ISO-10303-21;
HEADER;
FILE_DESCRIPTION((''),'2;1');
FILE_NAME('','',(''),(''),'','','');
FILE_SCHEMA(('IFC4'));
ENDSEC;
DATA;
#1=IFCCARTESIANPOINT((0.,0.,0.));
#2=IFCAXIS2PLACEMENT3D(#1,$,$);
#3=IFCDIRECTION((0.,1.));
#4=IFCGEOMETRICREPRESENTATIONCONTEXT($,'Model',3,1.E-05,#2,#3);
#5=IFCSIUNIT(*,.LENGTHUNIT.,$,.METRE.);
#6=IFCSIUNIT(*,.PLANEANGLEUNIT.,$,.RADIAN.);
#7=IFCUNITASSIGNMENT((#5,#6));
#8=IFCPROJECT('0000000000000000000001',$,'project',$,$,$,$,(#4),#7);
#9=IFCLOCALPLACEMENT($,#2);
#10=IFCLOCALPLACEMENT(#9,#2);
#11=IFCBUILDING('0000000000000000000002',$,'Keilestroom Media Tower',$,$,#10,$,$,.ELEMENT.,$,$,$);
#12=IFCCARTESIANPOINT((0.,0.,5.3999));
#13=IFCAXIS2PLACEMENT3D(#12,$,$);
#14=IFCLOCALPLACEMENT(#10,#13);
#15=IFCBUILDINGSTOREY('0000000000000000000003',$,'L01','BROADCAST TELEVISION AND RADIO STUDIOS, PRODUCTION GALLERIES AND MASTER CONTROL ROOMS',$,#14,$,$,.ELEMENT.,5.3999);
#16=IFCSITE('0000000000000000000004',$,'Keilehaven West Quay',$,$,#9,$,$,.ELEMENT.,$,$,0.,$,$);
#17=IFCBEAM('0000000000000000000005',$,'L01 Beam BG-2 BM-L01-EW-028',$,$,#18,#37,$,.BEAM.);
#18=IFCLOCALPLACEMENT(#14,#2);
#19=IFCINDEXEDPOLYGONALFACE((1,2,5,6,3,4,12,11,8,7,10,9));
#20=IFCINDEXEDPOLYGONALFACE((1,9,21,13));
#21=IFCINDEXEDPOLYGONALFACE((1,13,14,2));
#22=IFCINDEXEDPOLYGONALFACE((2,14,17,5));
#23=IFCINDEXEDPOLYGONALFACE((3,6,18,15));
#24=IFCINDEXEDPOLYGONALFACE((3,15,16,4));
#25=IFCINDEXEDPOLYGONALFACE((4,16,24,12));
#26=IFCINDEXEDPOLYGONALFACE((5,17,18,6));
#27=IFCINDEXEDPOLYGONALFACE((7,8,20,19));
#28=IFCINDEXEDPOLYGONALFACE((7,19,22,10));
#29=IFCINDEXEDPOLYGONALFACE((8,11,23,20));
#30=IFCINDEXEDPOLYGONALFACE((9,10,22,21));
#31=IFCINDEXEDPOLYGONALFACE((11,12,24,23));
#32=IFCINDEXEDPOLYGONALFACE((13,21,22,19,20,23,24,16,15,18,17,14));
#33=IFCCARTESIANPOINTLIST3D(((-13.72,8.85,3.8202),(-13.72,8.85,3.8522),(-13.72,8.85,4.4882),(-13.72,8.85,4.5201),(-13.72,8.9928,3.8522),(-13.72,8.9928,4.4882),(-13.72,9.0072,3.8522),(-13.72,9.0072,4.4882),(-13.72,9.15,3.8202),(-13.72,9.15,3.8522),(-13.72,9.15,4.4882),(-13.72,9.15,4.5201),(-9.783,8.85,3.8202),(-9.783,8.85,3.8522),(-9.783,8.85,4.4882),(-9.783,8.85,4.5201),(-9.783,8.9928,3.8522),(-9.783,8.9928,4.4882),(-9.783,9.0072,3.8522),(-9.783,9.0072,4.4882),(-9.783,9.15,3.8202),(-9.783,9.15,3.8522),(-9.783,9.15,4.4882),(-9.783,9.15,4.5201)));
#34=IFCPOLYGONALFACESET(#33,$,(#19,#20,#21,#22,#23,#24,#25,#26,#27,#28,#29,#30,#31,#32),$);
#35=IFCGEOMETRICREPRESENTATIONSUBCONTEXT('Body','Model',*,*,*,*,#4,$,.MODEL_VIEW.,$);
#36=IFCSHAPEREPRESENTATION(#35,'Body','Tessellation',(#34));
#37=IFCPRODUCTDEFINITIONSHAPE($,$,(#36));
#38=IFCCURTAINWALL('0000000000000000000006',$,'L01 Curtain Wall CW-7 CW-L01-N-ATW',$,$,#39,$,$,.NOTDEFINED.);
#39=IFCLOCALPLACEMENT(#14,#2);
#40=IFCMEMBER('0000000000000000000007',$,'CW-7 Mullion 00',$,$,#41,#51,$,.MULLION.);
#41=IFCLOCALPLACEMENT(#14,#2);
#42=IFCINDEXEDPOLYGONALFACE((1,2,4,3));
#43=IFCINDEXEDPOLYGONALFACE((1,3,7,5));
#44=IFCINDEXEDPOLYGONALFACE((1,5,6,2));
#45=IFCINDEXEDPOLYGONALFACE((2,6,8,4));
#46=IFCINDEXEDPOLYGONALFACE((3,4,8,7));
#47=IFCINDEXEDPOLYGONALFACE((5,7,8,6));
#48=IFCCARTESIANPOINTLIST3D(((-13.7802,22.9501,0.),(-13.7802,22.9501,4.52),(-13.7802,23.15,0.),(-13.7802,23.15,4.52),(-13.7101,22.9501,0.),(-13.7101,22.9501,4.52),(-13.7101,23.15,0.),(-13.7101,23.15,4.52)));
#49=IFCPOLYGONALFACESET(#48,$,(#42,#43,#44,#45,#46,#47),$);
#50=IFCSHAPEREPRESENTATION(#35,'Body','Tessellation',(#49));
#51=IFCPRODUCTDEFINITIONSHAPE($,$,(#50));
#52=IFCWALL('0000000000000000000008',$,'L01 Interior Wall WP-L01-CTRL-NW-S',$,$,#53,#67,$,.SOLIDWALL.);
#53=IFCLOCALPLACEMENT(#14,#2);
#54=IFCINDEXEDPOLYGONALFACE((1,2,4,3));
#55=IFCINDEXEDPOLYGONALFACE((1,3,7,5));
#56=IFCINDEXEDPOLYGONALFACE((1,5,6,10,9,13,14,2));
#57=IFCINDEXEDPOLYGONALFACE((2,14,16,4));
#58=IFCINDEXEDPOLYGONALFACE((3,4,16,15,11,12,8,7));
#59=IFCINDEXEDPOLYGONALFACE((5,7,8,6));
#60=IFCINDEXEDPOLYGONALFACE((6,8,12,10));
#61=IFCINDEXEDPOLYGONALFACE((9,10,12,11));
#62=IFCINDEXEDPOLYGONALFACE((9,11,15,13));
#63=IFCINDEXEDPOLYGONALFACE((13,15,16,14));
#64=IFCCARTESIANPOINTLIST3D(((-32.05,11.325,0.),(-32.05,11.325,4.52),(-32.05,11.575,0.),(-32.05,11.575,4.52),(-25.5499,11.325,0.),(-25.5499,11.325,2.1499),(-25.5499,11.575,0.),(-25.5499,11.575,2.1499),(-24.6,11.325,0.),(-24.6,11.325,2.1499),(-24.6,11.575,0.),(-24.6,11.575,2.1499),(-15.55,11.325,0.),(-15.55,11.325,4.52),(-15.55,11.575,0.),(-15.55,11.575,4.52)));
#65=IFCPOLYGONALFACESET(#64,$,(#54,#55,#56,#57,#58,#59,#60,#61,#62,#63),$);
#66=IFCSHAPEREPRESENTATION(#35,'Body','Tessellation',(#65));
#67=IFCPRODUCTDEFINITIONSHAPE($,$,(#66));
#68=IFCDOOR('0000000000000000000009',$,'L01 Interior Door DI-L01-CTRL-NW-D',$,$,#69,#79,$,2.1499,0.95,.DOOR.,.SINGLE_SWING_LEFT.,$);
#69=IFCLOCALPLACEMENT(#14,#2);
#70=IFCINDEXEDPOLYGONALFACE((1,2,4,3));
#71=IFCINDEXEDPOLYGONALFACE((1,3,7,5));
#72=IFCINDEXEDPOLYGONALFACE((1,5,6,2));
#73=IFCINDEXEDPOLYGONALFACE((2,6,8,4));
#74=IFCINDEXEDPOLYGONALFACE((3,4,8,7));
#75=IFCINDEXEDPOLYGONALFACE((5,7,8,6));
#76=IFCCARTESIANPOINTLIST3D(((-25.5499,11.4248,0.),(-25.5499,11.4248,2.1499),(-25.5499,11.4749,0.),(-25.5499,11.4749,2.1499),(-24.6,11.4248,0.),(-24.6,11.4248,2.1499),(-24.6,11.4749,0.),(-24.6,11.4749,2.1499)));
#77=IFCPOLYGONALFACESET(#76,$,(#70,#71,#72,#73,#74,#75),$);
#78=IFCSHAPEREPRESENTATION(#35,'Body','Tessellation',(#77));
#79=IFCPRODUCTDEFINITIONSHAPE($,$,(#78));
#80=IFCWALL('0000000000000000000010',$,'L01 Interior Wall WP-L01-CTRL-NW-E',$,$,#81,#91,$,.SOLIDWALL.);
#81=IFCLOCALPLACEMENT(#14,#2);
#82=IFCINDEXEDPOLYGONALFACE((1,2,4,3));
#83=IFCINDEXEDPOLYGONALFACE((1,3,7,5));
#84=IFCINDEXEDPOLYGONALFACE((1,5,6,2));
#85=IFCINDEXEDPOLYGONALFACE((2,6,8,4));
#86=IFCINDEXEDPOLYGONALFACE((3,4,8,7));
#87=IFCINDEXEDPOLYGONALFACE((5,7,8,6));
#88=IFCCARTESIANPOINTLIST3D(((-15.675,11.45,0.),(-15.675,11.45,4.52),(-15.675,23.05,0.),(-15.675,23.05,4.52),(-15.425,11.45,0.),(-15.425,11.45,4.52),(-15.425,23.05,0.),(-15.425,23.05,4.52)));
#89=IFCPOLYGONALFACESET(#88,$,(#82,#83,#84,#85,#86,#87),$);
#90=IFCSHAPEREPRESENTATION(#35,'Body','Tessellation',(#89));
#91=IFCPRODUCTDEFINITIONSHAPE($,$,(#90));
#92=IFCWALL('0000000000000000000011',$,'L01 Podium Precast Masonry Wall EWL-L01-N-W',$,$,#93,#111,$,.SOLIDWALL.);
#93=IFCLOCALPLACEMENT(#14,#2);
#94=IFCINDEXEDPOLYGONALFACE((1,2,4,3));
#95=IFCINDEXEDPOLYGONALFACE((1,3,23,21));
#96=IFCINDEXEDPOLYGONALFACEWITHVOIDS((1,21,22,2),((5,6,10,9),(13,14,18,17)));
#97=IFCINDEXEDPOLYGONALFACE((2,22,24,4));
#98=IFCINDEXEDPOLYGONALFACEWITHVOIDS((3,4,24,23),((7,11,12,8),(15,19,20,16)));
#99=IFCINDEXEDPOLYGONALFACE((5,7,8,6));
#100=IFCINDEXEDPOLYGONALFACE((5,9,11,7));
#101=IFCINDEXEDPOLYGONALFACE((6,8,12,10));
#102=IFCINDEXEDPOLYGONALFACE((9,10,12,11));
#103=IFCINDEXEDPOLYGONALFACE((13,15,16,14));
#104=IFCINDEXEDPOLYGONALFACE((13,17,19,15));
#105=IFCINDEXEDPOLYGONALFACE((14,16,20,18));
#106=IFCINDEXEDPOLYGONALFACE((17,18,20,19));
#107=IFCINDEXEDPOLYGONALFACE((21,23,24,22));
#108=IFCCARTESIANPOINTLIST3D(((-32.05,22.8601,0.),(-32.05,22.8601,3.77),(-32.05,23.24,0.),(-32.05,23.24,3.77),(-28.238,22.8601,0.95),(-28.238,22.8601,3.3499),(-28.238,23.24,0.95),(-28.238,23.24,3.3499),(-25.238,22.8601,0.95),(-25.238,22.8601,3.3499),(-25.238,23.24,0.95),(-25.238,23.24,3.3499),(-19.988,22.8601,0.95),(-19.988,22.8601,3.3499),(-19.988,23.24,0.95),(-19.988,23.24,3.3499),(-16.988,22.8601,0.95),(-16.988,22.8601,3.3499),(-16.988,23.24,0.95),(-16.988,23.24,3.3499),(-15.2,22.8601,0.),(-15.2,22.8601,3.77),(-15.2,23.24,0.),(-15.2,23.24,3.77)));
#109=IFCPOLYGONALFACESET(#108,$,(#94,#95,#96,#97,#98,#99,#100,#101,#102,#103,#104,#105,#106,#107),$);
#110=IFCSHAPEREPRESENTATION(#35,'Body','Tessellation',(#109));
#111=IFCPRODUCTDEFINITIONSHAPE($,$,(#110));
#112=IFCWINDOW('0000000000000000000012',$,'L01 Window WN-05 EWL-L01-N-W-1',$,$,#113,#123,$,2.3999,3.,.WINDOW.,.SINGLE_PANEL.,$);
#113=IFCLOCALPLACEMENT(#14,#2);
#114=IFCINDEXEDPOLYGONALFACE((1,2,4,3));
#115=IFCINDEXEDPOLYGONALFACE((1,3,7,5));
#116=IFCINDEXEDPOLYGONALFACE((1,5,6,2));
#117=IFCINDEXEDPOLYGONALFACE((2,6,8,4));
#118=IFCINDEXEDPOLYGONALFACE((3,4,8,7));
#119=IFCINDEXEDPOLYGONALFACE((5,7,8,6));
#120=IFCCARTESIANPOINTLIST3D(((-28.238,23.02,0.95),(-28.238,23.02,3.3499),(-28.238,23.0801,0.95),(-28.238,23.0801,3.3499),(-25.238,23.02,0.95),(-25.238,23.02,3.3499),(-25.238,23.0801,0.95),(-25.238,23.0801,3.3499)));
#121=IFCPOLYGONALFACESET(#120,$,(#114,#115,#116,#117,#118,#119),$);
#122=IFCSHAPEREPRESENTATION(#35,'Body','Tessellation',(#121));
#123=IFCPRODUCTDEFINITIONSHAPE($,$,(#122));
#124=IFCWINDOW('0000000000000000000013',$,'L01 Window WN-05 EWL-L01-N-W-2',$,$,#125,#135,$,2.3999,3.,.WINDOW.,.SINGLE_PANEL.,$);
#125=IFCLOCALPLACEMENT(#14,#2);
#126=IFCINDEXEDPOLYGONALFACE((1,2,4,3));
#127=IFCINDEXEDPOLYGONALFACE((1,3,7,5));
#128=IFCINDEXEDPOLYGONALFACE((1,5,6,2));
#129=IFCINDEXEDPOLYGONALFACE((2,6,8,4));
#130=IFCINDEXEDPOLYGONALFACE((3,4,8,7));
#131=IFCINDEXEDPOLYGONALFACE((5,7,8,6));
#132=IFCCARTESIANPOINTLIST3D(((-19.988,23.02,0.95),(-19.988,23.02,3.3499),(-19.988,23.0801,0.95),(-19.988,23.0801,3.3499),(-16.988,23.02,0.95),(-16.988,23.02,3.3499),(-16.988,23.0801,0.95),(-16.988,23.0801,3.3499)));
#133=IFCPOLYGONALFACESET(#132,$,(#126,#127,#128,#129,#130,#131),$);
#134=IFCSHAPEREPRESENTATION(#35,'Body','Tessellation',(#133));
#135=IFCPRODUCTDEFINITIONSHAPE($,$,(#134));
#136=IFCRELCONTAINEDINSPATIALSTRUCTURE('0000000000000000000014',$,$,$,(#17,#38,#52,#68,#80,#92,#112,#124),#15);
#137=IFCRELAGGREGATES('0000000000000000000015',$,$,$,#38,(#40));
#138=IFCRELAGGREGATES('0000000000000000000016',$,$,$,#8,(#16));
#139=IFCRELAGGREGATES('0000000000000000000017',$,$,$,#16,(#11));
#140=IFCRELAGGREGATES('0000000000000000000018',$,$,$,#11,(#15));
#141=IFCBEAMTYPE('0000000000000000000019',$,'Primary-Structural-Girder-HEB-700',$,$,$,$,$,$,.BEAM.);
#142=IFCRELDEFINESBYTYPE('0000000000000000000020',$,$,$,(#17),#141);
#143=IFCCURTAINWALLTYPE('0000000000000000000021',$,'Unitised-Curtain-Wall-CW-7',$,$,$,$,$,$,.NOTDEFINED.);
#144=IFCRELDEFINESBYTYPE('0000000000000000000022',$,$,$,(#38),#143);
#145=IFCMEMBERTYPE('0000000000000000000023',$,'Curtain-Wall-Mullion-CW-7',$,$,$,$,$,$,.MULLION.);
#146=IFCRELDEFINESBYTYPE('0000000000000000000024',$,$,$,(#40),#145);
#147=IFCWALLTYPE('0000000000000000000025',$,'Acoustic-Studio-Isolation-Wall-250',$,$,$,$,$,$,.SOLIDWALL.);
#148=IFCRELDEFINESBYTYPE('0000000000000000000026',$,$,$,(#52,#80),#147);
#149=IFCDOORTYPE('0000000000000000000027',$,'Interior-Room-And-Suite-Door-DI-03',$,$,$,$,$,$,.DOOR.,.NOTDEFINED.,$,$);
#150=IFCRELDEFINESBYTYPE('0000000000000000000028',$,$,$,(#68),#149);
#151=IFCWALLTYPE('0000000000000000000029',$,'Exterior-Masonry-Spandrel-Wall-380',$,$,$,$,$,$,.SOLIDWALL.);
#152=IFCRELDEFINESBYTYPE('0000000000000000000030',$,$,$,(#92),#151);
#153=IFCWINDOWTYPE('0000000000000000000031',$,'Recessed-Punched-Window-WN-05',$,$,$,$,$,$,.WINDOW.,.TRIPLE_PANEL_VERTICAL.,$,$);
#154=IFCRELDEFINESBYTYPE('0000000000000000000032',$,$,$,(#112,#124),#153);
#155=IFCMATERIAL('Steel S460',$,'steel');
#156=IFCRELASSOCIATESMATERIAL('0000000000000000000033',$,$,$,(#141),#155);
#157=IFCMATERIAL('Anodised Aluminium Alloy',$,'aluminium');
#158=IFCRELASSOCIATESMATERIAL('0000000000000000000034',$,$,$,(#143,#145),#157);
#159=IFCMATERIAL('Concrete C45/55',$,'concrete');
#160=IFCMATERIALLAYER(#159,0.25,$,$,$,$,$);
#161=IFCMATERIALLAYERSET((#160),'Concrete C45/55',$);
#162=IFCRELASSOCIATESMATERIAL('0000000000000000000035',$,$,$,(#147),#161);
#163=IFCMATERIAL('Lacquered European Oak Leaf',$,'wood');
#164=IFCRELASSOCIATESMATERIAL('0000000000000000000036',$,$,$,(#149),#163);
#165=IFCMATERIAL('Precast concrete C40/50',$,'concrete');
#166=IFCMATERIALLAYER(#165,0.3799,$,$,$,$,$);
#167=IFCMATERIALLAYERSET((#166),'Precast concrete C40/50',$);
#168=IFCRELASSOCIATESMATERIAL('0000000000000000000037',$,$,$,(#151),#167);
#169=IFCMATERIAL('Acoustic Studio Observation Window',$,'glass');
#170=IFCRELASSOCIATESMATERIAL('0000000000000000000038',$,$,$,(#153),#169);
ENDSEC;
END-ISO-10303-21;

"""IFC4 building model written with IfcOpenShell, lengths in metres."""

from ifc_helpers import new_model, si_unit, direction, frame, frame_2d, origin, origin_2d, place, context, subcontext, project, spatial, rectangle, i_section, extrude, source, transform, mapped, material, layer, layer_set, material_profile, profile_set, type_object, element, fill, aggregate, save


model = new_model("IFC4")

# Units and contexts
model_context = context("Model", 3, precision=1e-05, world=origin(), true_north=direction((0.0, 1.0)))
body_context = subcontext(model_context, "Body", "Model", "MODEL_VIEW")
ifc_project = project(units=[si_unit("LENGTHUNIT", "METRE"), si_unit("PLANEANGLEUNIT", "RADIAN")], contexts=[model_context])

# Site, building, storey
site_placement = place(None, origin())
site = spatial("IfcSite", under=ifc_project, at=site_placement, Name="Keilehaven West Quay", CompositionType="ELEMENT", RefElevation=0.0)
building_placement = place(site_placement, origin())
building = spatial("IfcBuilding", under=site, at=building_placement, Name="Keilestroom Media Tower", CompositionType="ELEMENT")
storey_placement = place(building_placement, frame((0.0, 0.0, 5.3999)))
storey = spatial("IfcBuildingStorey", under=building, at=storey_placement, Name="L01", Description="BROADCAST TELEVISION AND RADIO STUDIOS, PRODUCTION GALLERIES AND MASTER CONTROL ROOMS", CompositionType="ELEMENT", Elevation=5.3999)

# Shared definitions
ifc_material_1 = material(Name="Precast concrete C40/50", Category="concrete")

# Beam
ifc_material_2 = material(Name="Steel S460", Category="steel")
ifc_material_profile_1 = material_profile(ifc_material_2, i_section(OverallWidth=0.3, OverallDepth=0.7, WebThickness=0.0144, FlangeThickness=0.032, at=origin_2d()), Name="HEB 700")
ifc_profile_set_1 = profile_set([ifc_material_profile_1], Name="Steel S460")
beam_type_1 = type_object("IfcBeamType", Name="Primary-Structural-Girder-HEB-700", PredefinedType="BEAM", material=ifc_profile_set_1)
shared_shape_1 = source(origin(), body_context, "Body", "SweptSolid", [
    extrude(i_section(OverallWidth=0.3, OverallDepth=0.7, WebThickness=0.0144, FlangeThickness=0.032, at=origin_2d()), origin(), (0.0, 0.0, 1.0), 3.937),
])
beam_1_placement = place(storey_placement, frame((-13.72, 9.0, 4.1702), z_axis=(1.0, 0.0, 0.0), x_axis=(0.0, 1.0, 0.0)))
element("IfcBeam", 1, at=beam_1_placement, inside=storey, type_object=beam_type_1, Name="L01 Beam BG-2 BM-L01-EW-028", PredefinedType="BEAM", context=body_context, shape_type="MappedRepresentation", body=[
    mapped(shared_shape_1, transform((0.0, 0.0, 0.0), x_axis=(1.0, 0.0, 0.0), y_axis=(0.0, 1.0, 0.0), z_axis=(0.0, 0.0, 1.0), scale=1.0)),
])

# Curtain wall, member
ifc_material_3 = material(Name="Anodised Aluminium Alloy", Category="aluminium")
curtain_wall_type = type_object("IfcCurtainWallType", Name="Unitised-Curtain-Wall-CW-7", PredefinedType="NOTDEFINED", material=ifc_material_3)
curtain_wall_placement = place(storey_placement, origin())
curtain_wall = element("IfcCurtainWall", 2, at=curtain_wall_placement, inside=storey, type_object=curtain_wall_type, Name="L01 Curtain Wall CW-7 CW-L01-N-ATW", PredefinedType="NOTDEFINED")
ifc_material_profile_2 = material_profile(ifc_material_3, rectangle(XDim=0.0701, YDim=0.2, at=origin_2d()), Name="ALU MULLION 70x200")
ifc_profile_set_2 = profile_set([ifc_material_profile_2], Name="Anodised Aluminium Alloy")
member_type = type_object("IfcMemberType", Name="Curtain-Wall-Mullion-CW-7", PredefinedType="MULLION", material=ifc_profile_set_2)
shared_shape_2 = source(origin(), body_context, "Body", "SweptSolid", [
    extrude(rectangle(XDim=0.0701, YDim=0.2, at=origin_2d()), origin(), (0.0, 0.0, 1.0), 4.52),
])
member_placement = place(storey_placement, frame((-13.7451, 23.05, 0.0), z_axis=(0.0, 0.0, 1.0), x_axis=(1.0, 0.0, 0.0)))
member = element("IfcMember", 3, at=member_placement, type_object=member_type, Name="CW-7 Mullion 00", PredefinedType="MULLION", context=body_context, shape_type="MappedRepresentation", body=[
    mapped(shared_shape_2, transform((0.0, 0.0, 0.0), x_axis=(1.0, 0.0, 0.0), y_axis=(0.0, 1.0, 0.0), z_axis=(0.0, 0.0, 1.0), scale=1.0)),
])
aggregate(curtain_wall, [member])

# Wall, opening, door
ifc_material_4 = material(Name="Concrete C45/55", Category="concrete")
ifc_layer_1 = layer(ifc_material_4, 0.25)
ifc_layer_set_1 = layer_set([ifc_layer_1], Name="Concrete C45/55")
wall_type_1 = type_object("IfcWallType", Name="Acoustic-Studio-Isolation-Wall-250", PredefinedType="SOLIDWALL", material=ifc_layer_set_1)
wall_1_placement = place(storey_placement, frame((-32.05, 11.45, 0.0), z_axis=(0.0, 0.0, 1.0), x_axis=(1.0, 0.0, 0.0)))
wall_1 = element("IfcWall", 4, at=wall_1_placement, inside=storey, type_object=wall_type_1, Name="L01 Interior Wall WP-L01-CTRL-NW-S", PredefinedType="SOLIDWALL", context=body_context, shape_type="SweptSolid", body=[
    extrude(rectangle(XDim=16.5, YDim=0.25, at=frame_2d((8.25, 0.0))), origin(), (0.0, 0.0, 1.0), 4.52),
])
opening_1_placement = place(wall_1_placement, frame((6.5, 0.0, 0.0)))
opening_1 = element("IfcOpeningElement", 5, at=opening_1_placement, cuts=wall_1, PredefinedType="OPENING", context=body_context, shape_type="SweptSolid", body=[
    extrude(rectangle(XDim=0.95, YDim=2.1499, at=frame_2d((0.4751, 1.075))), frame((0.0, 0.135, 0.0), z_axis=(0.0, -1.0, 0.0), x_axis=(1.0, 0.0, 0.0)), (0.0, 0.0, 1.0), 0.27),
])
ifc_material_5 = material(Name="Lacquered European Oak Leaf", Category="wood")
door_type_1 = type_object("IfcDoorType", Name="Interior-Room-And-Suite-Door-DI-03", OperationType="NOTDEFINED", PredefinedType="DOOR", material=ifc_material_5)
shared_shape_3 = source(origin(), body_context, "Body", "SweptSolid", [
    extrude(rectangle(XDim=0.95, YDim=2.1499, at=frame_2d((0.4751, 1.075))), frame((0.0, 0.0249, 0.0), z_axis=(0.0, -1.0, 0.0), x_axis=(1.0, 0.0, 0.0)), (0.0, 0.0, 1.0), 0.05),
])
door_1_placement = place(opening_1_placement, origin())
door_1 = element("IfcDoor", 6, at=door_1_placement, inside=storey, type_object=door_type_1, Name="L01 Interior Door DI-L01-CTRL-NW-D", OperationType="SINGLE_SWING_LEFT", OverallHeight=2.1499, OverallWidth=0.95, PredefinedType="DOOR", context=body_context, shape_type="MappedRepresentation", body=[
    mapped(shared_shape_3, transform((0.0, 0.0, 0.0), x_axis=(1.0, 0.0, 0.0), y_axis=(0.0, 1.0, 0.0), z_axis=(0.0, 0.0, 1.0), scale=1.0)),
])
fill(opening_1, door_1)

# Wall
wall_2_placement = place(storey_placement, frame((-15.55, 11.45, 0.0), z_axis=(0.0, 0.0, 1.0), x_axis=(0.0, 1.0, 0.0)))
element("IfcWall", 7, at=wall_2_placement, inside=storey, type_object=wall_type_1, Name="L01 Interior Wall WP-L01-CTRL-NW-E", PredefinedType="SOLIDWALL", context=body_context, shape_type="SweptSolid", body=[
    extrude(rectangle(XDim=11.6001, YDim=0.25, at=frame_2d((5.8, 0.0))), origin(), (0.0, 0.0, 1.0), 4.52),
])

# Wall, openings, windows
ifc_layer_2 = layer(ifc_material_1, 0.3799)
ifc_layer_set_2 = layer_set([ifc_layer_2], Name="Precast concrete C40/50")
wall_type_2 = type_object("IfcWallType", Name="Exterior-Masonry-Spandrel-Wall-380", PredefinedType="SOLIDWALL", material=ifc_layer_set_2)
wall_3_placement = place(storey_placement, frame((-32.05, 23.05, 0.0), z_axis=(0.0, 0.0, 1.0), x_axis=(1.0, 0.0, 0.0)))
wall_3 = element("IfcWall", 8, at=wall_3_placement, inside=storey, type_object=wall_type_2, Name="L01 Podium Precast Masonry Wall EWL-L01-N-W", PredefinedType="SOLIDWALL", context=body_context, shape_type="SweptSolid", body=[
    extrude(rectangle(XDim=16.8501, YDim=0.3799, at=frame_2d((8.425, 0.0))), origin(), (0.0, 0.0, 1.0), 3.77),
])
opening_2_placement = place(wall_3_placement, frame((3.812, 0.0, 0.95)))
opening_2 = element("IfcOpeningElement", 9, at=opening_2_placement, cuts=wall_3, PredefinedType="OPENING", context=body_context, shape_type="SweptSolid", body=[
    extrude(rectangle(XDim=3.0, YDim=2.3999, at=frame_2d((1.5, 1.2))), frame((0.0, 0.2, 0.0), z_axis=(0.0, -1.0, 0.0), x_axis=(1.0, 0.0, 0.0)), (0.0, 0.0, 1.0), 0.3999),
])
opening_3_placement = place(wall_3_placement, frame((12.062, 0.0, 0.95)))
opening_3 = element("IfcOpeningElement", 10, at=opening_3_placement, cuts=wall_3, PredefinedType="OPENING", context=body_context, shape_type="SweptSolid", body=[
    extrude(rectangle(XDim=3.0, YDim=2.3999, at=frame_2d((1.5, 1.2))), frame((0.0, 0.2, 0.0), z_axis=(0.0, -1.0, 0.0), x_axis=(1.0, 0.0, 0.0)), (0.0, 0.0, 1.0), 0.3999),
])
ifc_material_6 = material(Name="Acoustic Studio Observation Window", Category="glass")
window_type = type_object("IfcWindowType", Name="Recessed-Punched-Window-WN-05", PartitioningType="TRIPLE_PANEL_VERTICAL", PredefinedType="WINDOW", material=ifc_material_6)
shared_shape_4 = source(origin(), body_context, "Body", "SweptSolid", [
    extrude(rectangle(XDim=3.0, YDim=2.3999, at=frame_2d((1.5, 1.2))), frame((0.0, 0.03, 0.0), z_axis=(0.0, -1.0, 0.0), x_axis=(1.0, 0.0, 0.0)), (0.0, 0.0, 1.0), 0.0601),
])
window_1_placement = place(opening_2_placement, origin())
window_1 = element("IfcWindow", 11, at=window_1_placement, inside=storey, type_object=window_type, Name="L01 Window WN-05 EWL-L01-N-W-1", OverallHeight=2.3999, OverallWidth=3.0, PartitioningType="SINGLE_PANEL", PredefinedType="WINDOW", context=body_context, shape_type="MappedRepresentation", body=[
    mapped(shared_shape_4, transform((0.0, 0.0, 0.0), x_axis=(1.0, 0.0, 0.0), y_axis=(0.0, 1.0, 0.0), z_axis=(0.0, 0.0, 1.0), scale=1.0)),
])
fill(opening_2, window_1)
window_2_placement = place(opening_3_placement, origin())
window_2 = element("IfcWindow", 12, at=window_2_placement, inside=storey, type_object=window_type, Name="L01 Window WN-05 EWL-L01-N-W-2", OverallHeight=2.3999, OverallWidth=3.0, PartitioningType="SINGLE_PANEL", PredefinedType="WINDOW", context=body_context, shape_type="MappedRepresentation", body=[
    mapped(shared_shape_4, transform((0.0, 0.0, 0.0), x_axis=(1.0, 0.0, 0.0), y_axis=(0.0, 1.0, 0.0), z_axis=(0.0, 0.0, 1.0), scale=1.0)),
])
fill(opening_3, window_2)

save(model, "model.ifc")
